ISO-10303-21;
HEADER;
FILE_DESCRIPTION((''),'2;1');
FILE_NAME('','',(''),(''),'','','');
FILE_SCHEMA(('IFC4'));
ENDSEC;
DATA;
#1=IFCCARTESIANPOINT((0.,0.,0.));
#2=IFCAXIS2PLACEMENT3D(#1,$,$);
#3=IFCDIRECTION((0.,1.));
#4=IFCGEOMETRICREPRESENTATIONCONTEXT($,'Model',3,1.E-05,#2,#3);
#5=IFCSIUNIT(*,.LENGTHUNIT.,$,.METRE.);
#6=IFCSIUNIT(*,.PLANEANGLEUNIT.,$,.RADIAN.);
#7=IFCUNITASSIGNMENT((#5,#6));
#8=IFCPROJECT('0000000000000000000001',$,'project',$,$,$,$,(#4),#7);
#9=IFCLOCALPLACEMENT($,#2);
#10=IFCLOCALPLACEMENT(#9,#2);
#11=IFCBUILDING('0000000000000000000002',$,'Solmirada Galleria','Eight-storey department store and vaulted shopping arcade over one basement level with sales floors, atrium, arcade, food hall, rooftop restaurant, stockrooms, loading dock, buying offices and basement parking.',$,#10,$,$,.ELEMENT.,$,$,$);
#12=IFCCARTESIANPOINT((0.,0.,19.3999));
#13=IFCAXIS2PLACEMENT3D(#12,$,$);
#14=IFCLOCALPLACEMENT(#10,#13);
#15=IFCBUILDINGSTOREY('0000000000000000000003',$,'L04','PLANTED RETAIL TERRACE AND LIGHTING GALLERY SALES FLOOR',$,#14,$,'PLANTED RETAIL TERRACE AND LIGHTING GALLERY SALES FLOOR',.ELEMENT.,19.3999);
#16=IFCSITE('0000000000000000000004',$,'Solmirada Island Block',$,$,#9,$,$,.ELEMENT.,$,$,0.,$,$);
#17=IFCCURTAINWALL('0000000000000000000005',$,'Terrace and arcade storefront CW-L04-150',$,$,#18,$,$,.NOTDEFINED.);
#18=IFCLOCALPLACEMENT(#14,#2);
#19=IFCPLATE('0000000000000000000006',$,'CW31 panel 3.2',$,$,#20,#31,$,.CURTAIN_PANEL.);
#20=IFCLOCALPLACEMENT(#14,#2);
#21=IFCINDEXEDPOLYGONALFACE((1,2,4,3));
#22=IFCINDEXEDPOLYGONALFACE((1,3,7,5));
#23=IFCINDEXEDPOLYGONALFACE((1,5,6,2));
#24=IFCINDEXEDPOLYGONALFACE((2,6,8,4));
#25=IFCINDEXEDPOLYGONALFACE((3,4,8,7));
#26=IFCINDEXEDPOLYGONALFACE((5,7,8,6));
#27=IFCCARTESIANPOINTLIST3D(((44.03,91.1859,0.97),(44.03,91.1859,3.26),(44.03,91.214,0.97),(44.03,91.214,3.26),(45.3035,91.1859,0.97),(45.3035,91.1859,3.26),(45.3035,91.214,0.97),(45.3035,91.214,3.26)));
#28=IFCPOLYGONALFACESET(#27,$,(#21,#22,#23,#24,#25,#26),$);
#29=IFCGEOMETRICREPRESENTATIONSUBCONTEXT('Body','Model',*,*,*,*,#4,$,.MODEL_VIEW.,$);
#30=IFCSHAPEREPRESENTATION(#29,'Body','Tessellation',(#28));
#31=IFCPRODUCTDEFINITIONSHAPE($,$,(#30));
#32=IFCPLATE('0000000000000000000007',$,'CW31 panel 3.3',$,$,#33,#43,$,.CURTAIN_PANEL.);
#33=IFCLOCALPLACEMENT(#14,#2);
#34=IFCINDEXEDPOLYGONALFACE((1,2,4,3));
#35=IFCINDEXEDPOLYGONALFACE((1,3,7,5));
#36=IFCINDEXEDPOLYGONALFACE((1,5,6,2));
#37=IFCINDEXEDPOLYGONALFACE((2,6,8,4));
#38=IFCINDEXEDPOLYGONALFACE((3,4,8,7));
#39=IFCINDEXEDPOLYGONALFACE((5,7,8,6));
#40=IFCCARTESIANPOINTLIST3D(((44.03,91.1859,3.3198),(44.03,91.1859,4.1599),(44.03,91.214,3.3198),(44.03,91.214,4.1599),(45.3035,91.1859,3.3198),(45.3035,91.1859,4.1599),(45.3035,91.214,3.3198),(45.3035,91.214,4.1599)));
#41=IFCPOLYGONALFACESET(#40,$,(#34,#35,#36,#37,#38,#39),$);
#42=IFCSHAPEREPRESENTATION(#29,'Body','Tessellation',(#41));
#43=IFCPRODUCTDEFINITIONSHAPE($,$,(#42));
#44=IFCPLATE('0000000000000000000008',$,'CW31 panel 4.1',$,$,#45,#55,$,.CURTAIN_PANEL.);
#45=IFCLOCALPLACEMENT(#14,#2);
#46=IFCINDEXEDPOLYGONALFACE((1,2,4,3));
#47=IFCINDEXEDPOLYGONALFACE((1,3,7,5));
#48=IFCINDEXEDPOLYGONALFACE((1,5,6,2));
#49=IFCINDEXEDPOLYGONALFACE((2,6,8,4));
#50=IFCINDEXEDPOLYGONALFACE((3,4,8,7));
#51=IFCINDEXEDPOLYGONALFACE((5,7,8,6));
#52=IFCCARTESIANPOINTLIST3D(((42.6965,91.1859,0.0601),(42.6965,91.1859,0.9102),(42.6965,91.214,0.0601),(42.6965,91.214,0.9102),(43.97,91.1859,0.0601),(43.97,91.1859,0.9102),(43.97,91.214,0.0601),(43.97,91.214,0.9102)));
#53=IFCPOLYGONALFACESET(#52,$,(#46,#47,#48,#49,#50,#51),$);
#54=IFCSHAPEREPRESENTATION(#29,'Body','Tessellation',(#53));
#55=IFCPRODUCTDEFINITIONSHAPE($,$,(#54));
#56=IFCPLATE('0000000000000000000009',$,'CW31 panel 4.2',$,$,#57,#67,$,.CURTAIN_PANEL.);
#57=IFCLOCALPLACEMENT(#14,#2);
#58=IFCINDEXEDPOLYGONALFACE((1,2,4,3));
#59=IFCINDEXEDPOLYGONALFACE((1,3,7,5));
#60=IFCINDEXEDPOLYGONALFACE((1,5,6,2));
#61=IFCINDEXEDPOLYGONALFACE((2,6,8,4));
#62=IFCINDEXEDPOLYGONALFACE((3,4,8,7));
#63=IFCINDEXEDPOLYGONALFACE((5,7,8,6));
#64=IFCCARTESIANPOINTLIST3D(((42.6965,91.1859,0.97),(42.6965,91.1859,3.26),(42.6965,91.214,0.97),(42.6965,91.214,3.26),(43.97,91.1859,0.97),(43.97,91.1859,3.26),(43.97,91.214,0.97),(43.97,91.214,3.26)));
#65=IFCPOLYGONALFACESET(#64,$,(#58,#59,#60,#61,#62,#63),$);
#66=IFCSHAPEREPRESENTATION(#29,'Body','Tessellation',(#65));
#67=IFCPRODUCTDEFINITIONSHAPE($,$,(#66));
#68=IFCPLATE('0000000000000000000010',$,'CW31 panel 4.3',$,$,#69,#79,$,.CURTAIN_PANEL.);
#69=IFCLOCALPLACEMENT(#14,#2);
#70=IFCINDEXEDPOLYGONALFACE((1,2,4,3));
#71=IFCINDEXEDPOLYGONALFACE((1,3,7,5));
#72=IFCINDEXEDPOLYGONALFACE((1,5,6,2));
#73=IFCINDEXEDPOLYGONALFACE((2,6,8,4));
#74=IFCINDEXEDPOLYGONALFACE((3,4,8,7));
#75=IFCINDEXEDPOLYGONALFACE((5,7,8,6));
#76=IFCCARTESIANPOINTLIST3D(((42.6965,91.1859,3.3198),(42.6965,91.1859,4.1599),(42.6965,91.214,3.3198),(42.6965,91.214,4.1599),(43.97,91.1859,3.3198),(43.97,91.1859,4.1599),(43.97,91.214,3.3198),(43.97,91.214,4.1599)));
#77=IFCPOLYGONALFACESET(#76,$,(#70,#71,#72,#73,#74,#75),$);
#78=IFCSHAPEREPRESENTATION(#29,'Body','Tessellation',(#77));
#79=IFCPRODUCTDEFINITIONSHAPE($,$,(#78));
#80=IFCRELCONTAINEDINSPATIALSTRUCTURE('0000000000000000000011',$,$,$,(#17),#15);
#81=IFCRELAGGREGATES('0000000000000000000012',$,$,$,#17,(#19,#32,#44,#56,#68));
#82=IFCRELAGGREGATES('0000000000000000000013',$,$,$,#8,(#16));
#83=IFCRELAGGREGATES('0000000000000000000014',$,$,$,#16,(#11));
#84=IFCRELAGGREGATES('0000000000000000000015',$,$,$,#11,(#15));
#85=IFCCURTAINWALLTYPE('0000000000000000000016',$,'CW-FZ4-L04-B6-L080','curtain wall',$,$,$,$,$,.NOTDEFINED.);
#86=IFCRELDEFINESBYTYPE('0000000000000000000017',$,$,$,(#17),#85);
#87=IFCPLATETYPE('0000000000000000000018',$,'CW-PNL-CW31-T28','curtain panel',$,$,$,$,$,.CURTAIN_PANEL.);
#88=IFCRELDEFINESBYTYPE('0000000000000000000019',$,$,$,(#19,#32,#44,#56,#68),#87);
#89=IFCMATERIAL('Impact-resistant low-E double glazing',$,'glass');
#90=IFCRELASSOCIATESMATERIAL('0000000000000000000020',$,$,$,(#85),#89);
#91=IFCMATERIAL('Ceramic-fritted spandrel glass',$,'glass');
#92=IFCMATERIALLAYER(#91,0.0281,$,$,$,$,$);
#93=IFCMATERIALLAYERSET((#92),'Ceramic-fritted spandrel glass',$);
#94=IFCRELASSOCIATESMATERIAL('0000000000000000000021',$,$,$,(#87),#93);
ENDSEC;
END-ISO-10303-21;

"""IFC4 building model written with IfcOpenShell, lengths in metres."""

from ifc_helpers import new_model, si_unit, direction, frame, origin, origin_2d, place, context, subcontext, project, spatial, rectangle, extrude, material, layer, layer_set, type_object, element, aggregate, save


model = new_model("IFC4")

# Units and contexts
model_context = context("Model", 3, precision=1e-05, world=origin(), true_north=direction((0.0, 1.0)))
body_context = subcontext(model_context, "Body", "Model", "MODEL_VIEW")
ifc_project = project(units=[si_unit("LENGTHUNIT", "METRE"), si_unit("PLANEANGLEUNIT", "RADIAN")], contexts=[model_context])

# Site, building, storey
site_placement = place(None, origin())
site = spatial("IfcSite", under=ifc_project, at=site_placement, Name="Solmirada Island Block", CompositionType="ELEMENT", RefElevation=0.0)
building_placement = place(site_placement, origin())
building = spatial("IfcBuilding", under=site, at=building_placement, Name="Solmirada Galleria", Description="Eight-storey department store and vaulted shopping arcade over one basement level with sales floors, atrium, arcade, food hall, rooftop restaurant, stockrooms, loading dock, buying offices and basement parking.", CompositionType="ELEMENT")
storey_placement = place(building_placement, frame((0.0, 0.0, 19.3999)))
storey = spatial("IfcBuildingStorey", under=building, at=storey_placement, Name="L04", Description="PLANTED RETAIL TERRACE AND LIGHTING GALLERY SALES FLOOR", LongName="PLANTED RETAIL TERRACE AND LIGHTING GALLERY SALES FLOOR", CompositionType="ELEMENT", Elevation=19.3999)

# Curtain wall, plates
ifc_material_1 = material(Name="Impact-resistant low-E double glazing", Category="glass")
curtain_wall_type = type_object("IfcCurtainWallType", Name="CW-FZ4-L04-B6-L080", Description="curtain wall", PredefinedType="NOTDEFINED", material=ifc_material_1)
curtain_wall_placement = place(storey_placement, origin())
curtain_wall = element("IfcCurtainWall", 1, at=curtain_wall_placement, inside=storey, type_object=curtain_wall_type, Name="Terrace and arcade storefront CW-L04-150", PredefinedType="NOTDEFINED")
ifc_material_2 = material(Name="Ceramic-fritted spandrel glass", Category="glass")
ifc_layer = layer(ifc_material_2, 0.0281)
ifc_layer_set = layer_set([ifc_layer], Name="Ceramic-fritted spandrel glass")
plate_type = type_object("IfcPlateType", Name="CW-PNL-CW31-T28", Description="curtain panel", PredefinedType="CURTAIN_PANEL", material=ifc_layer_set)
plate_1_placement = place(storey_placement, frame((44.6667, 91.2, 0.97), z_axis=(0.0, 0.0, 1.0), x_axis=(-1.0, 0.0, 0.0)))
plate_1 = element("IfcPlate", 2, at=plate_1_placement, type_object=plate_type, Name="CW31 panel 3.2", PredefinedType="CURTAIN_PANEL", context=body_context, shape_type="SweptSolid", body=[
    extrude(rectangle(XDim=1.2734, YDim=0.0281, at=origin_2d()), origin(), (0.0, 0.0, 1.0), 2.29),
])
plate_2_placement = place(storey_placement, frame((44.6667, 91.2, 3.3198), z_axis=(0.0, 0.0, 1.0), x_axis=(-1.0, 0.0, 0.0)))
plate_2 = element("IfcPlate", 3, at=plate_2_placement, type_object=plate_type, Name="CW31 panel 3.3", PredefinedType="CURTAIN_PANEL", context=body_context, shape_type="SweptSolid", body=[
    extrude(rectangle(XDim=1.2734, YDim=0.0281, at=origin_2d()), origin(), (0.0, 0.0, 1.0), 0.8401),
])
plate_3_placement = place(storey_placement, frame((43.3333, 91.2, 0.0601), z_axis=(0.0, 0.0, 1.0), x_axis=(-1.0, 0.0, 0.0)))
plate_3 = element("IfcPlate", 4, at=plate_3_placement, type_object=plate_type, Name="CW31 panel 4.1", PredefinedType="CURTAIN_PANEL", context=body_context, shape_type="SweptSolid", body=[
    extrude(rectangle(XDim=1.2734, YDim=0.0281, at=origin_2d()), origin(), (0.0, 0.0, 1.0), 0.8501),
])
plate_4_placement = place(storey_placement, frame((43.3333, 91.2, 0.97), z_axis=(0.0, 0.0, 1.0), x_axis=(-1.0, 0.0, 0.0)))
plate_4 = element("IfcPlate", 5, at=plate_4_placement, type_object=plate_type, Name="CW31 panel 4.2", PredefinedType="CURTAIN_PANEL", context=body_context, shape_type="SweptSolid", body=[
    extrude(rectangle(XDim=1.2734, YDim=0.0281, at=origin_2d()), origin(), (0.0, 0.0, 1.0), 2.29),
])
plate_5_placement = place(storey_placement, frame((43.3333, 91.2, 3.3198), z_axis=(0.0, 0.0, 1.0), x_axis=(-1.0, 0.0, 0.0)))
plate_5 = element("IfcPlate", 6, at=plate_5_placement, type_object=plate_type, Name="CW31 panel 4.3", PredefinedType="CURTAIN_PANEL", context=body_context, shape_type="SweptSolid", body=[
    extrude(rectangle(XDim=1.2734, YDim=0.0281, at=origin_2d()), origin(), (0.0, 0.0, 1.0), 0.8401),
])
aggregate(curtain_wall, [plate_1, plate_2, plate_3, plate_4, plate_5])

save(model, "model.ifc")
